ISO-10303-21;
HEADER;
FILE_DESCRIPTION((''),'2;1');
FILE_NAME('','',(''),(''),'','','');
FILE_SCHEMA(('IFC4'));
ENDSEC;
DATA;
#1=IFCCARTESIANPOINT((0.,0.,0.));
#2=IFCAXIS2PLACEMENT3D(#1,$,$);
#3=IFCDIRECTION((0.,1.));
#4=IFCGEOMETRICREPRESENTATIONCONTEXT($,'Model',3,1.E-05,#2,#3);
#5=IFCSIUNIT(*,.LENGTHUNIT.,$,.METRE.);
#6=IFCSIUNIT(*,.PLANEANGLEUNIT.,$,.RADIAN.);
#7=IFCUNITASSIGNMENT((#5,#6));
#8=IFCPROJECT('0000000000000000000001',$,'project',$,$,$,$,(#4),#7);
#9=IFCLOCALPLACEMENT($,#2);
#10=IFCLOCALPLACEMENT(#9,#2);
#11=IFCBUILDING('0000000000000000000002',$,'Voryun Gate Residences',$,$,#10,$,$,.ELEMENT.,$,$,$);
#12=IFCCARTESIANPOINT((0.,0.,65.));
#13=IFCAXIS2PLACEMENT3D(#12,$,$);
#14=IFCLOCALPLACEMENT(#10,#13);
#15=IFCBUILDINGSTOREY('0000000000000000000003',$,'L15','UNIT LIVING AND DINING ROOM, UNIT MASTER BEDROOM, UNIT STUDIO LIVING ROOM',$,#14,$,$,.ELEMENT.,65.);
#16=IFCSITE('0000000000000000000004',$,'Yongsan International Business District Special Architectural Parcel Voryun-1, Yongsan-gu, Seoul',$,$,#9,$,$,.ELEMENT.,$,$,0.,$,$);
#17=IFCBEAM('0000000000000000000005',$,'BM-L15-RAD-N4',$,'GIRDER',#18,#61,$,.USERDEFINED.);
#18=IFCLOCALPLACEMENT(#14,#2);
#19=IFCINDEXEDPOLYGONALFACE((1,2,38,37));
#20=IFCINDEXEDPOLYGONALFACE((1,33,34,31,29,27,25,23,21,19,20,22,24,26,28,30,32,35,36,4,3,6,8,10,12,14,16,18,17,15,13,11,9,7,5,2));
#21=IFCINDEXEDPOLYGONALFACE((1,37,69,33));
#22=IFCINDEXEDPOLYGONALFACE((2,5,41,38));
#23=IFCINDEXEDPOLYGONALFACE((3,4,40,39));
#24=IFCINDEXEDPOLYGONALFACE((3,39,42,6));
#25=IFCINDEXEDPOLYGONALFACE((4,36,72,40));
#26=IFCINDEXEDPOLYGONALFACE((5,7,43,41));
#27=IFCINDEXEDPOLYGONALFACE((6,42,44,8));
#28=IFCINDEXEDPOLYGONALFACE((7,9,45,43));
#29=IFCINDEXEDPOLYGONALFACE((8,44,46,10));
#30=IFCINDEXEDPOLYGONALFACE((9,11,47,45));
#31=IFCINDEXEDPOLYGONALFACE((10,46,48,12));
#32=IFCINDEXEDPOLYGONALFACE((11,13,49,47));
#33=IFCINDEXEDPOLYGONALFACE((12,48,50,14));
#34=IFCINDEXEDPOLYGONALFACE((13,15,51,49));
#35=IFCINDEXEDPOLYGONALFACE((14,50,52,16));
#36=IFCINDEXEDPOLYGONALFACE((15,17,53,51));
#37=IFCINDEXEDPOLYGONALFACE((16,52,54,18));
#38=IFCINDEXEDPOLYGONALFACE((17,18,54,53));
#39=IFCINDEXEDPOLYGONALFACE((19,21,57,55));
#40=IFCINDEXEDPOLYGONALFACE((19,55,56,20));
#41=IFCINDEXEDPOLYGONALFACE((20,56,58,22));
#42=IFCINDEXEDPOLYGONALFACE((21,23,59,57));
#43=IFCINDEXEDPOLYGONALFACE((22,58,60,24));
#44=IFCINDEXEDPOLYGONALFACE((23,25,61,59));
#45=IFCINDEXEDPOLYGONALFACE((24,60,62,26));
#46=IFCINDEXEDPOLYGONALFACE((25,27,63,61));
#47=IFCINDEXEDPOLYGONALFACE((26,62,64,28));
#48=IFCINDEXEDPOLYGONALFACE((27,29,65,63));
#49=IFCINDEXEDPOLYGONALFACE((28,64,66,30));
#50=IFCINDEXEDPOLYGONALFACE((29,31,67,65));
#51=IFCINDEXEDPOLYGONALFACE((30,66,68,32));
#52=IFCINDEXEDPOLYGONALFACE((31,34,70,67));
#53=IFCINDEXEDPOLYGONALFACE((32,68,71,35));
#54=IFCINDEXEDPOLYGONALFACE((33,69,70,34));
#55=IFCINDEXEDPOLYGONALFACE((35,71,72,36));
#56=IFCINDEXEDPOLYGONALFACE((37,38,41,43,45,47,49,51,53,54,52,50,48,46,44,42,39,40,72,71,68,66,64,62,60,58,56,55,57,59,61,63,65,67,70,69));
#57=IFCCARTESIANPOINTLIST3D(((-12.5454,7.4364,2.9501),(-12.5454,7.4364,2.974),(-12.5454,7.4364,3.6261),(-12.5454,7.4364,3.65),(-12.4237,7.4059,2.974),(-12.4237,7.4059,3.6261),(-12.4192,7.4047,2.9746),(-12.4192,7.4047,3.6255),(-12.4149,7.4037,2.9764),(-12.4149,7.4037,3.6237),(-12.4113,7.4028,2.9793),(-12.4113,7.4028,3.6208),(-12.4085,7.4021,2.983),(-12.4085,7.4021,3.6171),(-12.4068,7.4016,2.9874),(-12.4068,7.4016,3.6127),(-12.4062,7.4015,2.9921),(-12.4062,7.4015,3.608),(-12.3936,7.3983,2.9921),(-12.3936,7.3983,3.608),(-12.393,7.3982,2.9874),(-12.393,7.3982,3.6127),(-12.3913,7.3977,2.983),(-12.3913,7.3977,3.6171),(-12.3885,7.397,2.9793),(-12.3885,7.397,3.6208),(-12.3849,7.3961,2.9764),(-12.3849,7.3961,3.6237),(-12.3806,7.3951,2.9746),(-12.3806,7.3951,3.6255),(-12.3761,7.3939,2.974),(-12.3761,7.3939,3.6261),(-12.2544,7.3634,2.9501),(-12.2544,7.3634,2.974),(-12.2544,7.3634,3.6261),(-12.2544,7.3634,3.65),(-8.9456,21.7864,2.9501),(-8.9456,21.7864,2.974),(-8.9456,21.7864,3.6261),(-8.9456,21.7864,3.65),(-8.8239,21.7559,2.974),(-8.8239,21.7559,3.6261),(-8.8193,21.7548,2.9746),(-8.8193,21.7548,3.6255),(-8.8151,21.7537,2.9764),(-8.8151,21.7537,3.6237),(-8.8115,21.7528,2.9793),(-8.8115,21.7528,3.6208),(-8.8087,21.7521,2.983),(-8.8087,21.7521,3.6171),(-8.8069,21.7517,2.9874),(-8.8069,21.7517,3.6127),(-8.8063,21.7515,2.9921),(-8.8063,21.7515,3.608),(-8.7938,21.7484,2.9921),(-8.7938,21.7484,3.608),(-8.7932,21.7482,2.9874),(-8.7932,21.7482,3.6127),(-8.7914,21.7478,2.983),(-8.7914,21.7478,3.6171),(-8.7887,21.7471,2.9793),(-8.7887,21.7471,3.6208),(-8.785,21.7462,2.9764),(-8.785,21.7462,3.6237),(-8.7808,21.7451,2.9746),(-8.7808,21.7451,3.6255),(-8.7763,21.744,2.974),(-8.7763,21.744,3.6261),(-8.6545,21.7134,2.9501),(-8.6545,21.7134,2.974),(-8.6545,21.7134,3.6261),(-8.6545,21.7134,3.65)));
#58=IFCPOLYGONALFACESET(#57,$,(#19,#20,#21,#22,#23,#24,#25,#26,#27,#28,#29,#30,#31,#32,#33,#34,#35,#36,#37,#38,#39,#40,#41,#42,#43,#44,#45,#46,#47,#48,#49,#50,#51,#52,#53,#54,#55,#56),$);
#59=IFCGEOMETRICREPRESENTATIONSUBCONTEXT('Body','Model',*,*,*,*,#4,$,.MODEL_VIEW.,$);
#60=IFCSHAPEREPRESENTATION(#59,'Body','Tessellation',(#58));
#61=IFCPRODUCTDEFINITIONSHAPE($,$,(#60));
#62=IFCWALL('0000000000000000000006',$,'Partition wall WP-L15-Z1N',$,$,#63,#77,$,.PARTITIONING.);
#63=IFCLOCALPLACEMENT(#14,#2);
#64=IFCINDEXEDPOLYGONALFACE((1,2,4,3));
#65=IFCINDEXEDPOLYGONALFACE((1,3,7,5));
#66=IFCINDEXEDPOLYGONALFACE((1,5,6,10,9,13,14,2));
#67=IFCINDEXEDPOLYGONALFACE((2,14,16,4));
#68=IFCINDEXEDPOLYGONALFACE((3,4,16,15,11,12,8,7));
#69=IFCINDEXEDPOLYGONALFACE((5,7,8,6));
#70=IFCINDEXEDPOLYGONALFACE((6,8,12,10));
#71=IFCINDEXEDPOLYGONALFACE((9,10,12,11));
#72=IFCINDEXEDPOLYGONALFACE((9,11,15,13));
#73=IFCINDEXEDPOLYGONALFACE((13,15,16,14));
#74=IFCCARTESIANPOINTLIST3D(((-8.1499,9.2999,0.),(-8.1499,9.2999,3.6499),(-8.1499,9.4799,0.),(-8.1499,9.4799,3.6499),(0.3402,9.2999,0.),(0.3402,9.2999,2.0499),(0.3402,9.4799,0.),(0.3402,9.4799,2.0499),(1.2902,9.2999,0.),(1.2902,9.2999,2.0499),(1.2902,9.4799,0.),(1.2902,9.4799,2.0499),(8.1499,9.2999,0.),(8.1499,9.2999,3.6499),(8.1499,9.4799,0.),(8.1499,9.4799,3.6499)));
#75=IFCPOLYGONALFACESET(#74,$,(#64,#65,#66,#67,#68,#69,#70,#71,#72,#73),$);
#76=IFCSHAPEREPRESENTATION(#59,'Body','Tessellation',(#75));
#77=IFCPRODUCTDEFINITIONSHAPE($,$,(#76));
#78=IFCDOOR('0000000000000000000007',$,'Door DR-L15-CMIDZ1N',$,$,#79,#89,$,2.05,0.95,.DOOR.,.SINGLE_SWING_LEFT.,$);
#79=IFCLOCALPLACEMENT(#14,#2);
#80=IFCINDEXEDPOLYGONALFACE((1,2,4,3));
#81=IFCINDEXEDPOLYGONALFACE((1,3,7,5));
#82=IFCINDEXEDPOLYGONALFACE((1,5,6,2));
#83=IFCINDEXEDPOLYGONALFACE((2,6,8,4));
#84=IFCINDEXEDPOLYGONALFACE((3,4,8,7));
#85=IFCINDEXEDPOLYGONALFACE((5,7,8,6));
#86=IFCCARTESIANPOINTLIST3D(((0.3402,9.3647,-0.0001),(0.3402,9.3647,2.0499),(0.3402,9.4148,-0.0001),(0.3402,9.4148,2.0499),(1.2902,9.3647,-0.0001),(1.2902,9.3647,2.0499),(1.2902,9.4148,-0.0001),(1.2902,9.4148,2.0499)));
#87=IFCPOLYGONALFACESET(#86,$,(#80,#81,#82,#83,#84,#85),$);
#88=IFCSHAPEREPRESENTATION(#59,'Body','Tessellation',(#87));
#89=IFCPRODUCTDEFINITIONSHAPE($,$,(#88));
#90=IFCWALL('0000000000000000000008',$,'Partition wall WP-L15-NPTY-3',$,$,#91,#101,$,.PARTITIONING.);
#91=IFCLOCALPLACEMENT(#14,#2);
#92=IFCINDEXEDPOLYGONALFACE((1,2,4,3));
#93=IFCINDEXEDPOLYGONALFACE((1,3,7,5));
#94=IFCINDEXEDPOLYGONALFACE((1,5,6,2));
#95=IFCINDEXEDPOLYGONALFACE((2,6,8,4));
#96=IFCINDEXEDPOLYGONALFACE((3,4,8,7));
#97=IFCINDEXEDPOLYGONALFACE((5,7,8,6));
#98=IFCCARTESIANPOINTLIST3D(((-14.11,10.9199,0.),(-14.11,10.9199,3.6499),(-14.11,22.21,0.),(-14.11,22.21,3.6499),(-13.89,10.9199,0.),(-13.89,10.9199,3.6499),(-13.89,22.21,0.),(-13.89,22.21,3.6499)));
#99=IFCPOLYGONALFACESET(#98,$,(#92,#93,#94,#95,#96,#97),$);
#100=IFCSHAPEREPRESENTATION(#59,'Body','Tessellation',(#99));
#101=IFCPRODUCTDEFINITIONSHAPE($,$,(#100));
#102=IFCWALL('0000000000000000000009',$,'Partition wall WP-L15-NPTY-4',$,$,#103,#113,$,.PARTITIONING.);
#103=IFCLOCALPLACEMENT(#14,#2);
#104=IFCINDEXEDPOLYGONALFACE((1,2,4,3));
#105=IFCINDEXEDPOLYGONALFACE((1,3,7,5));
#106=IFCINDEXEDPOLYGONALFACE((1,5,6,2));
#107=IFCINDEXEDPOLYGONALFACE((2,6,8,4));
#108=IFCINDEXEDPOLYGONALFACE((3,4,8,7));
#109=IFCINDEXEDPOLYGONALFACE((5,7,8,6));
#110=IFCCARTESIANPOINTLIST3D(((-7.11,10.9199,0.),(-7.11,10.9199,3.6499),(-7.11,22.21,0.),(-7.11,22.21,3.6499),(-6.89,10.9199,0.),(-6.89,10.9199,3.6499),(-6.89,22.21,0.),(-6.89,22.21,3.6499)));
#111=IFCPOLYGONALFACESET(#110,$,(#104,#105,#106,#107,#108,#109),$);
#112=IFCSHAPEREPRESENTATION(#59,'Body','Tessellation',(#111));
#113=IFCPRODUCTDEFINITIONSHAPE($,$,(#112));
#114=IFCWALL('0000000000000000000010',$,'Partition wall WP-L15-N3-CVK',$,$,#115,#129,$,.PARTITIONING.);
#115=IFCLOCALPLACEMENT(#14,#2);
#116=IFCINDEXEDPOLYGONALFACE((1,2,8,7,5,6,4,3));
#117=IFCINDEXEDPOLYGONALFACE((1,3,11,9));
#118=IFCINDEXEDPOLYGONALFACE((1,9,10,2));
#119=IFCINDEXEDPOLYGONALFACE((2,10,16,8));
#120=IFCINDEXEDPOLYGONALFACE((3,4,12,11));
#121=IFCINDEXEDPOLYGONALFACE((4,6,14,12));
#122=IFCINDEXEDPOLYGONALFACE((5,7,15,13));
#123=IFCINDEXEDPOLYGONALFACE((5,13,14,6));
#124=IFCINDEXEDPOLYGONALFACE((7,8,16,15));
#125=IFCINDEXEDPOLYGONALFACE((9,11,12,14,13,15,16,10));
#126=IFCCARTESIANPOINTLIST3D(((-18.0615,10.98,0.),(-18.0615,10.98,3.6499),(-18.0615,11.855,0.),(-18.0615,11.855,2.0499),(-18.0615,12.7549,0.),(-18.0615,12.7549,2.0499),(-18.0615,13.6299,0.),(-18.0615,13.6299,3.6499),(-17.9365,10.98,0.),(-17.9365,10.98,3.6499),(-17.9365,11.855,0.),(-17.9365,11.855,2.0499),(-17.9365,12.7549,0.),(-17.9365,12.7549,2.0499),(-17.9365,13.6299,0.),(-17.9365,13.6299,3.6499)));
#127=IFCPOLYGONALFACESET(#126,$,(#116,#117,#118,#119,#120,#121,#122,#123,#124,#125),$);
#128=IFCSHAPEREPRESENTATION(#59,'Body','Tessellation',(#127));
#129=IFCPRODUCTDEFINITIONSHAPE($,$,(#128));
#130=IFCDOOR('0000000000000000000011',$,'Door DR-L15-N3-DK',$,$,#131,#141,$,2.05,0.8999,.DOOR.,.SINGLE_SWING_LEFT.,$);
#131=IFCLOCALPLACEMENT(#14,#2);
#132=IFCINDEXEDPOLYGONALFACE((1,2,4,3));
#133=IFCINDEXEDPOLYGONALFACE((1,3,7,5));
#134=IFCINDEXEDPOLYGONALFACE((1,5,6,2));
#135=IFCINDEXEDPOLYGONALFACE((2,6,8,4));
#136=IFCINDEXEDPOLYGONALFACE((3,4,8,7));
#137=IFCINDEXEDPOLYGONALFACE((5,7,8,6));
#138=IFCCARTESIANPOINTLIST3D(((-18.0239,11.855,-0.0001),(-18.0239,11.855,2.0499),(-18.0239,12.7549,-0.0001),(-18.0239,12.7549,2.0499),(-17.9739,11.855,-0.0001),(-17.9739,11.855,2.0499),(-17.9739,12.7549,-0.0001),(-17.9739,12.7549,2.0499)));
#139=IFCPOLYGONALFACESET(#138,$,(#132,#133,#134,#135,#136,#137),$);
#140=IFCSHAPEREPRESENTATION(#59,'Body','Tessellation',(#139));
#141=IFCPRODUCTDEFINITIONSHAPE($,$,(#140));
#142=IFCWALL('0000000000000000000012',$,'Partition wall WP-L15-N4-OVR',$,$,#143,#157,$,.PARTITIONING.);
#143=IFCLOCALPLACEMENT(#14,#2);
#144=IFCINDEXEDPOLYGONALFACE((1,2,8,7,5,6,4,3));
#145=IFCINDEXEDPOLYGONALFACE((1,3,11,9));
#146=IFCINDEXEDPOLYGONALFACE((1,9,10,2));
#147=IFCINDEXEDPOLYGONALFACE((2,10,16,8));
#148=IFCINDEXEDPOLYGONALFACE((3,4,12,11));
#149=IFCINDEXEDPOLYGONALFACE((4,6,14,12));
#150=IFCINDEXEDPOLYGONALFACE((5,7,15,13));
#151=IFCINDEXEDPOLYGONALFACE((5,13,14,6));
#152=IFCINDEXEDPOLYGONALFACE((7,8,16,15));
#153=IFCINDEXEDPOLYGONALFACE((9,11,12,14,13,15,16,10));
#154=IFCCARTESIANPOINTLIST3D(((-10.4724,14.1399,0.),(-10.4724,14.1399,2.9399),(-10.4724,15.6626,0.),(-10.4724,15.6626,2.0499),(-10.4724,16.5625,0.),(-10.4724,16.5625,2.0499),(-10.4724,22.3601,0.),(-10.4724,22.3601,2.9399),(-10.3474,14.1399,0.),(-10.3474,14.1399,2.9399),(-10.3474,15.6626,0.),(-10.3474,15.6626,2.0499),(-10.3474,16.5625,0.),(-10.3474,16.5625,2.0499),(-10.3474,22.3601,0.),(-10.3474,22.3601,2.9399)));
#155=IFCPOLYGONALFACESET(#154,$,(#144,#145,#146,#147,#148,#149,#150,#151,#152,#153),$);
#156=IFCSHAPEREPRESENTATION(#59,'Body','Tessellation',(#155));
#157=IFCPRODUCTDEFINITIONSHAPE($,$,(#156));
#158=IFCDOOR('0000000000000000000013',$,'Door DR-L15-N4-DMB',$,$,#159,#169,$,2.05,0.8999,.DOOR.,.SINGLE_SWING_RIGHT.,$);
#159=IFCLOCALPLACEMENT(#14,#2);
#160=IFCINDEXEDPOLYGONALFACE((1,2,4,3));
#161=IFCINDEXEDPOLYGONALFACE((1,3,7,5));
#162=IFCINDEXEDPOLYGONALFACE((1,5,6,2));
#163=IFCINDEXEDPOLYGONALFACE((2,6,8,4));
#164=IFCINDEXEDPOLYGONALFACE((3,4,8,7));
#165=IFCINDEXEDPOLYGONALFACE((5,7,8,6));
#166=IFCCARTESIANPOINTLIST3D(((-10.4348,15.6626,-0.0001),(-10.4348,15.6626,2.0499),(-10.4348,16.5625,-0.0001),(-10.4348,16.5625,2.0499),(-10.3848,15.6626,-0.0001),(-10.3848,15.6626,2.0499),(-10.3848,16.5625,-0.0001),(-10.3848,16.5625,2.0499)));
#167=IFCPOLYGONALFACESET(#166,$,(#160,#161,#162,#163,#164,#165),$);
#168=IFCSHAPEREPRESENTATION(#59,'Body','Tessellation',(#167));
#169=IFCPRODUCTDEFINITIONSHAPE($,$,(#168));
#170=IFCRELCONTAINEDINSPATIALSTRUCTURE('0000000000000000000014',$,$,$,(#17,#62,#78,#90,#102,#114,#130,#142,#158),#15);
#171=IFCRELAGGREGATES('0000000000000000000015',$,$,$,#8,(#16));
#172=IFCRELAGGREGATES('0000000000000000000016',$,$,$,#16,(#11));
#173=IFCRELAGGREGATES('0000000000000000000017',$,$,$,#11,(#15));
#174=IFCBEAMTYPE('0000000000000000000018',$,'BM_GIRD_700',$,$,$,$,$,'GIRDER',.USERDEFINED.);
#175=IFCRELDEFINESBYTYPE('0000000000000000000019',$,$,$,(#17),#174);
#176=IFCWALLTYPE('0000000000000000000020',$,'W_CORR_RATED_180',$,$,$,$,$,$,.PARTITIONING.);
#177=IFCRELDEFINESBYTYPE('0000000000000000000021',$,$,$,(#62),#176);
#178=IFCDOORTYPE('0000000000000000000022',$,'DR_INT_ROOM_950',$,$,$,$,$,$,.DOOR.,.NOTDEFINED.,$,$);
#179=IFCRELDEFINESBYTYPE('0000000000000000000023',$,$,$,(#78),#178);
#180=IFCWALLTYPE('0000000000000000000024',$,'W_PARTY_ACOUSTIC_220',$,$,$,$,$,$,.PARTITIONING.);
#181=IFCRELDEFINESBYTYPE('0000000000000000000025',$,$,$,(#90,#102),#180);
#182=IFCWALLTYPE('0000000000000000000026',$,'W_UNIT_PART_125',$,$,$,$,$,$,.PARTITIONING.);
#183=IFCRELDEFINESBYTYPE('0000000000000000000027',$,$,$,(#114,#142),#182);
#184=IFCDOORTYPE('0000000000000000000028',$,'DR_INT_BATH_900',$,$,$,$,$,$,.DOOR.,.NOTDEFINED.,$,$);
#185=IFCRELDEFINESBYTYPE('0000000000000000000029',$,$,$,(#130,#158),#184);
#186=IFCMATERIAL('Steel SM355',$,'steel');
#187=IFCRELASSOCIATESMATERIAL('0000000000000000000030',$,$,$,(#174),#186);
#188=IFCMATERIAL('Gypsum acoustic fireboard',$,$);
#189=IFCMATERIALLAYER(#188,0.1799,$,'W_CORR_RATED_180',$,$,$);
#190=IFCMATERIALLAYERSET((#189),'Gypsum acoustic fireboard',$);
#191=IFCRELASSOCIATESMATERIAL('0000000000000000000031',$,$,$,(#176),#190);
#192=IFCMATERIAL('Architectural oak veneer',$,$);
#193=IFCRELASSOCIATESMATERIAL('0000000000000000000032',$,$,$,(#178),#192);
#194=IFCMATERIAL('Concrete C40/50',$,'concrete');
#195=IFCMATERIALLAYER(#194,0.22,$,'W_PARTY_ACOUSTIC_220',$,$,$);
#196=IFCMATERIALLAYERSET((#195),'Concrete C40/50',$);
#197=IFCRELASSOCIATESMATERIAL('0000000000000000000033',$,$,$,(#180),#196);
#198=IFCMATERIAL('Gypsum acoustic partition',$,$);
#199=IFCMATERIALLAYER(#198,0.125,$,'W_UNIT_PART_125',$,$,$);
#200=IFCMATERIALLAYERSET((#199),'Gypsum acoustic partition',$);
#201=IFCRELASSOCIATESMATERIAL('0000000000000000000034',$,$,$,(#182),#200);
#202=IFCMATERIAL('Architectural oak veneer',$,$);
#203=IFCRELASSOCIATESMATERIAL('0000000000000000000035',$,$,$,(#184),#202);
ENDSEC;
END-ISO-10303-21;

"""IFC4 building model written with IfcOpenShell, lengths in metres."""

from ifc_helpers import new_model, si_unit, direction, frame, frame_2d, origin, origin_2d, place, context, subcontext, project, spatial, rectangle, i_section, extrude, material, layer, layer_set, material_profile, profile_set, type_object, element, fill, save


model = new_model("IFC4")

# Units and contexts
model_context = context("Model", 3, precision=1e-05, world=origin(), true_north=direction((0.0, 1.0)))
body_context = subcontext(model_context, "Body", "Model", "MODEL_VIEW")
ifc_project = project(units=[si_unit("LENGTHUNIT", "METRE"), si_unit("PLANEANGLEUNIT", "RADIAN")], contexts=[model_context])

# Site, building, storey
site_placement = place(None, origin())
site = spatial("IfcSite", under=ifc_project, at=site_placement, Name="Yongsan International Business District Special Architectural Parcel Voryun-1, Yongsan-gu, Seoul", CompositionType="ELEMENT", RefElevation=0.0)
building_placement = place(site_placement, origin())
building = spatial("IfcBuilding", under=site, at=building_placement, Name="Voryun Gate Residences", CompositionType="ELEMENT")
storey_placement = place(building_placement, frame((0.0, 0.0, 65.0)))
storey = spatial("IfcBuildingStorey", under=building, at=storey_placement, Name="L15", Description="UNIT LIVING AND DINING ROOM, UNIT MASTER BEDROOM, UNIT STUDIO LIVING ROOM", CompositionType="ELEMENT", Elevation=65.0)

# Beam
ifc_material_1 = material(Name="Steel SM355", Category="steel")
ifc_material_profile_1 = material_profile(ifc_material_1, i_section(OverallWidth=0.3, OverallDepth=0.7, WebThickness=0.0129, FlangeThickness=0.0239, FilletRadius=0.0181, at=origin_2d()), Name="H-700x300x13x24")
ifc_profile_set_1 = profile_set([ifc_material_profile_1], Name="Steel SM355")
beam_type_1 = type_object("IfcBeamType", Name="BM_GIRD_700", ElementType="GIRDER", PredefinedType="USERDEFINED", material=ifc_profile_set_1)
beam_1_placement = place(storey_placement, frame((-12.3999, 7.3999, 3.3), z_axis=(0.24332, 0.969946, 0.0), x_axis=(-0.969946, 0.24332, 0.0)))
element("IfcBeam", 1, at=beam_1_placement, inside=storey, type_object=beam_type_1, Name="BM-L15-RAD-N4", ObjectType="GIRDER", PredefinedType="USERDEFINED", context=body_context, shape_type="SweptSolid", body=[
    extrude(i_section(OverallWidth=0.3, OverallDepth=0.7, WebThickness=0.0129, FlangeThickness=0.0239, FilletRadius=0.0181, at=origin_2d()), origin(), (0.0, 0.0, 1.0), 14.7947),
])

# Wall, opening, door
ifc_material_2 = material(Name="Gypsum acoustic fireboard")
ifc_layer_1 = layer(ifc_material_2, 0.1799, Name="W_CORR_RATED_180")
ifc_layer_set_1 = layer_set([ifc_layer_1], Name="Gypsum acoustic fireboard")
wall_type_1 = type_object("IfcWallType", Name="W_CORR_RATED_180", PredefinedType="PARTITIONING", material=ifc_layer_set_1)
wall_1_placement = place(storey_placement, frame((-8.1499, 9.3899, 0.0), z_axis=(0.0, 0.0, 1.0), x_axis=(1.0, 0.0, 0.0)))
wall_1 = element("IfcWall", 2, at=wall_1_placement, inside=storey, type_object=wall_type_1, Name="Partition wall WP-L15-Z1N", PredefinedType="PARTITIONING", context=body_context, shape_type="SweptSolid", body=[
    extrude(rectangle(XDim=16.2998, YDim=0.1799, at=frame_2d((8.1499, 0.0))), origin(), (0.0, 0.0, 1.0), 3.6499),
])
opening_1_placement = place(wall_1_placement, frame((8.49, 0.0, 0.0)))
opening_1 = element("IfcOpeningElement", 3, at=opening_1_placement, cuts=wall_1, PredefinedType="OPENING", context=body_context, shape_type="SweptSolid", body=[
    extrude(rectangle(XDim=0.95, YDim=2.05, at=frame_2d((0.4751, 1.0249))), frame((0.0, 0.0999, 0.0), z_axis=(0.0, -1.0, 0.0), x_axis=(1.0, 0.0, 0.0)), (0.0, 0.0, 1.0), 0.2),
])
ifc_material_3 = material(Name="Architectural oak veneer")
door_type_1 = type_object("IfcDoorType", Name="DR_INT_ROOM_950", OperationType="NOTDEFINED", PredefinedType="DOOR", material=ifc_material_3)
door_1_placement = place(opening_1_placement, origin())
door_1 = element("IfcDoor", 4, at=door_1_placement, inside=storey, type_object=door_type_1, Name="Door DR-L15-CMIDZ1N", OperationType="SINGLE_SWING_LEFT", OverallHeight=2.05, OverallWidth=0.95, PredefinedType="DOOR", context=body_context, shape_type="SweptSolid", body=[
    extrude(rectangle(XDim=0.95, YDim=2.05, at=frame_2d((0.4751, 1.0249))), frame((0.0, 0.0249, 0.0), z_axis=(0.0, -1.0, 0.0), x_axis=(1.0, 0.0, 0.0)), (0.0, 0.0, 1.0), 0.05),
])
fill(opening_1, door_1)

# Walls
ifc_material_4 = material(Name="Concrete C40/50", Category="concrete")
ifc_layer_2 = layer(ifc_material_4, 0.22, Name="W_PARTY_ACOUSTIC_220")
ifc_layer_set_2 = layer_set([ifc_layer_2], Name="Concrete C40/50")
wall_type_2 = type_object("IfcWallType", Name="W_PARTY_ACOUSTIC_220", PredefinedType="PARTITIONING", material=ifc_layer_set_2)
for number, where, z_axis, x_axis, name in (
    (5, (-14.0, 10.9199, 0.0), (0.0, 0.0, 1.0), (0.0, 1.0, 0.0), "Partition wall WP-L15-NPTY-3"),
    (6, (-7.0, 10.9199, 0.0), (0.0, 0.0, 1.0), (0.0, 1.0, 0.0), "Partition wall WP-L15-NPTY-4"),
):
    element("IfcWall", number, at=place(storey_placement, frame(where, z_axis=z_axis, x_axis=x_axis)), inside=storey, type_object=wall_type_2, Name=name, PredefinedType="PARTITIONING", context=body_context, shape_type="SweptSolid", body=[
        extrude(rectangle(XDim=11.29, YDim=0.22, at=frame_2d((5.645, 0.0))), origin(), (0.0, 0.0, 1.0), 3.6499),
    ])

# Walls, openings, doors
ifc_material_5 = material(Name="Gypsum acoustic partition")
ifc_layer_3 = layer(ifc_material_5, 0.125, Name="W_UNIT_PART_125")
ifc_layer_set_3 = layer_set([ifc_layer_3], Name="Gypsum acoustic partition")
wall_type_3 = type_object("IfcWallType", Name="W_UNIT_PART_125", PredefinedType="PARTITIONING", material=ifc_layer_set_3)
wall_2_placement = place(storey_placement, frame((-17.999, 10.98, 0.0), z_axis=(0.0, 0.0, 1.0), x_axis=(0.0, 1.0, 0.0)))
wall_2 = element("IfcWall", 7, at=wall_2_placement, inside=storey, type_object=wall_type_3, Name="Partition wall WP-L15-N3-CVK", PredefinedType="PARTITIONING", context=body_context, shape_type="SweptSolid", body=[
    extrude(rectangle(XDim=2.6499, YDim=0.125, at=frame_2d((1.325, 0.0))), origin(), (0.0, 0.0, 1.0), 3.6499),
])
opening_2_placement = place(wall_2_placement, frame((0.875, 0.0, 0.0)))
opening_2 = element("IfcOpeningElement", 8, at=opening_2_placement, cuts=wall_2, PredefinedType="OPENING", context=body_context, shape_type="SweptSolid", body=[
    extrude(rectangle(XDim=0.8999, YDim=2.05, at=frame_2d((0.45, 1.0249))), frame((0.0, 0.0725, 0.0), z_axis=(0.0, -1.0, 0.0), x_axis=(1.0, 0.0, 0.0)), (0.0, 0.0, 1.0), 0.145),
])
ifc_material_6 = material(Name="Architectural oak veneer")
door_type_2 = type_object("IfcDoorType", Name="DR_INT_BATH_900", OperationType="NOTDEFINED", PredefinedType="DOOR", material=ifc_material_6)
door_2_placement = place(opening_2_placement, origin())
door_2 = element("IfcDoor", 9, at=door_2_placement, inside=storey, type_object=door_type_2, Name="Door DR-L15-N3-DK", OperationType="SINGLE_SWING_LEFT", OverallHeight=2.05, OverallWidth=0.8999, PredefinedType="DOOR", context=body_context, shape_type="SweptSolid", body=[
    extrude(rectangle(XDim=0.8999, YDim=2.05, at=frame_2d((0.45, 1.0249))), frame((0.0, 0.0249, 0.0), z_axis=(0.0, -1.0, 0.0), x_axis=(1.0, 0.0, 0.0)), (0.0, 0.0, 1.0), 0.05),
])
fill(opening_2, door_2)
wall_3_placement = place(storey_placement, frame((-10.4099, 14.1399, 0.0), z_axis=(0.0, 0.0, 1.0), x_axis=(0.0, 1.0, 0.0)))
wall_3 = element("IfcWall", 10, at=wall_3_placement, inside=storey, type_object=wall_type_3, Name="Partition wall WP-L15-N4-OVR", PredefinedType="PARTITIONING", context=body_context, shape_type="SweptSolid", body=[
    extrude(rectangle(XDim=8.2202, YDim=0.125, at=frame_2d((4.1101, 0.0))), origin(), (0.0, 0.0, 1.0), 2.9399),
])
opening_3_placement = place(wall_3_placement, frame((1.5227, 0.0, 0.0)))
opening_3 = element("IfcOpeningElement", 11, at=opening_3_placement, cuts=wall_3, PredefinedType="OPENING", context=body_context, shape_type="SweptSolid", body=[
    extrude(rectangle(XDim=0.8999, YDim=2.05, at=frame_2d((0.45, 1.0249))), frame((0.0, 0.0725, 0.0), z_axis=(0.0, -1.0, 0.0), x_axis=(1.0, 0.0, 0.0)), (0.0, 0.0, 1.0), 0.145),
])
door_3_placement = place(opening_3_placement, origin())
door_3 = element("IfcDoor", 12, at=door_3_placement, inside=storey, type_object=door_type_2, Name="Door DR-L15-N4-DMB", OperationType="SINGLE_SWING_RIGHT", OverallHeight=2.05, OverallWidth=0.8999, PredefinedType="DOOR", context=body_context, shape_type="SweptSolid", body=[
    extrude(rectangle(XDim=0.8999, YDim=2.05, at=frame_2d((0.45, 1.0249))), frame((0.0, 0.0249, 0.0), z_axis=(0.0, -1.0, 0.0), x_axis=(1.0, 0.0, 0.0)), (0.0, 0.0, 1.0), 0.05),
])
fill(opening_3, door_3)

save(model, "model.ifc")
